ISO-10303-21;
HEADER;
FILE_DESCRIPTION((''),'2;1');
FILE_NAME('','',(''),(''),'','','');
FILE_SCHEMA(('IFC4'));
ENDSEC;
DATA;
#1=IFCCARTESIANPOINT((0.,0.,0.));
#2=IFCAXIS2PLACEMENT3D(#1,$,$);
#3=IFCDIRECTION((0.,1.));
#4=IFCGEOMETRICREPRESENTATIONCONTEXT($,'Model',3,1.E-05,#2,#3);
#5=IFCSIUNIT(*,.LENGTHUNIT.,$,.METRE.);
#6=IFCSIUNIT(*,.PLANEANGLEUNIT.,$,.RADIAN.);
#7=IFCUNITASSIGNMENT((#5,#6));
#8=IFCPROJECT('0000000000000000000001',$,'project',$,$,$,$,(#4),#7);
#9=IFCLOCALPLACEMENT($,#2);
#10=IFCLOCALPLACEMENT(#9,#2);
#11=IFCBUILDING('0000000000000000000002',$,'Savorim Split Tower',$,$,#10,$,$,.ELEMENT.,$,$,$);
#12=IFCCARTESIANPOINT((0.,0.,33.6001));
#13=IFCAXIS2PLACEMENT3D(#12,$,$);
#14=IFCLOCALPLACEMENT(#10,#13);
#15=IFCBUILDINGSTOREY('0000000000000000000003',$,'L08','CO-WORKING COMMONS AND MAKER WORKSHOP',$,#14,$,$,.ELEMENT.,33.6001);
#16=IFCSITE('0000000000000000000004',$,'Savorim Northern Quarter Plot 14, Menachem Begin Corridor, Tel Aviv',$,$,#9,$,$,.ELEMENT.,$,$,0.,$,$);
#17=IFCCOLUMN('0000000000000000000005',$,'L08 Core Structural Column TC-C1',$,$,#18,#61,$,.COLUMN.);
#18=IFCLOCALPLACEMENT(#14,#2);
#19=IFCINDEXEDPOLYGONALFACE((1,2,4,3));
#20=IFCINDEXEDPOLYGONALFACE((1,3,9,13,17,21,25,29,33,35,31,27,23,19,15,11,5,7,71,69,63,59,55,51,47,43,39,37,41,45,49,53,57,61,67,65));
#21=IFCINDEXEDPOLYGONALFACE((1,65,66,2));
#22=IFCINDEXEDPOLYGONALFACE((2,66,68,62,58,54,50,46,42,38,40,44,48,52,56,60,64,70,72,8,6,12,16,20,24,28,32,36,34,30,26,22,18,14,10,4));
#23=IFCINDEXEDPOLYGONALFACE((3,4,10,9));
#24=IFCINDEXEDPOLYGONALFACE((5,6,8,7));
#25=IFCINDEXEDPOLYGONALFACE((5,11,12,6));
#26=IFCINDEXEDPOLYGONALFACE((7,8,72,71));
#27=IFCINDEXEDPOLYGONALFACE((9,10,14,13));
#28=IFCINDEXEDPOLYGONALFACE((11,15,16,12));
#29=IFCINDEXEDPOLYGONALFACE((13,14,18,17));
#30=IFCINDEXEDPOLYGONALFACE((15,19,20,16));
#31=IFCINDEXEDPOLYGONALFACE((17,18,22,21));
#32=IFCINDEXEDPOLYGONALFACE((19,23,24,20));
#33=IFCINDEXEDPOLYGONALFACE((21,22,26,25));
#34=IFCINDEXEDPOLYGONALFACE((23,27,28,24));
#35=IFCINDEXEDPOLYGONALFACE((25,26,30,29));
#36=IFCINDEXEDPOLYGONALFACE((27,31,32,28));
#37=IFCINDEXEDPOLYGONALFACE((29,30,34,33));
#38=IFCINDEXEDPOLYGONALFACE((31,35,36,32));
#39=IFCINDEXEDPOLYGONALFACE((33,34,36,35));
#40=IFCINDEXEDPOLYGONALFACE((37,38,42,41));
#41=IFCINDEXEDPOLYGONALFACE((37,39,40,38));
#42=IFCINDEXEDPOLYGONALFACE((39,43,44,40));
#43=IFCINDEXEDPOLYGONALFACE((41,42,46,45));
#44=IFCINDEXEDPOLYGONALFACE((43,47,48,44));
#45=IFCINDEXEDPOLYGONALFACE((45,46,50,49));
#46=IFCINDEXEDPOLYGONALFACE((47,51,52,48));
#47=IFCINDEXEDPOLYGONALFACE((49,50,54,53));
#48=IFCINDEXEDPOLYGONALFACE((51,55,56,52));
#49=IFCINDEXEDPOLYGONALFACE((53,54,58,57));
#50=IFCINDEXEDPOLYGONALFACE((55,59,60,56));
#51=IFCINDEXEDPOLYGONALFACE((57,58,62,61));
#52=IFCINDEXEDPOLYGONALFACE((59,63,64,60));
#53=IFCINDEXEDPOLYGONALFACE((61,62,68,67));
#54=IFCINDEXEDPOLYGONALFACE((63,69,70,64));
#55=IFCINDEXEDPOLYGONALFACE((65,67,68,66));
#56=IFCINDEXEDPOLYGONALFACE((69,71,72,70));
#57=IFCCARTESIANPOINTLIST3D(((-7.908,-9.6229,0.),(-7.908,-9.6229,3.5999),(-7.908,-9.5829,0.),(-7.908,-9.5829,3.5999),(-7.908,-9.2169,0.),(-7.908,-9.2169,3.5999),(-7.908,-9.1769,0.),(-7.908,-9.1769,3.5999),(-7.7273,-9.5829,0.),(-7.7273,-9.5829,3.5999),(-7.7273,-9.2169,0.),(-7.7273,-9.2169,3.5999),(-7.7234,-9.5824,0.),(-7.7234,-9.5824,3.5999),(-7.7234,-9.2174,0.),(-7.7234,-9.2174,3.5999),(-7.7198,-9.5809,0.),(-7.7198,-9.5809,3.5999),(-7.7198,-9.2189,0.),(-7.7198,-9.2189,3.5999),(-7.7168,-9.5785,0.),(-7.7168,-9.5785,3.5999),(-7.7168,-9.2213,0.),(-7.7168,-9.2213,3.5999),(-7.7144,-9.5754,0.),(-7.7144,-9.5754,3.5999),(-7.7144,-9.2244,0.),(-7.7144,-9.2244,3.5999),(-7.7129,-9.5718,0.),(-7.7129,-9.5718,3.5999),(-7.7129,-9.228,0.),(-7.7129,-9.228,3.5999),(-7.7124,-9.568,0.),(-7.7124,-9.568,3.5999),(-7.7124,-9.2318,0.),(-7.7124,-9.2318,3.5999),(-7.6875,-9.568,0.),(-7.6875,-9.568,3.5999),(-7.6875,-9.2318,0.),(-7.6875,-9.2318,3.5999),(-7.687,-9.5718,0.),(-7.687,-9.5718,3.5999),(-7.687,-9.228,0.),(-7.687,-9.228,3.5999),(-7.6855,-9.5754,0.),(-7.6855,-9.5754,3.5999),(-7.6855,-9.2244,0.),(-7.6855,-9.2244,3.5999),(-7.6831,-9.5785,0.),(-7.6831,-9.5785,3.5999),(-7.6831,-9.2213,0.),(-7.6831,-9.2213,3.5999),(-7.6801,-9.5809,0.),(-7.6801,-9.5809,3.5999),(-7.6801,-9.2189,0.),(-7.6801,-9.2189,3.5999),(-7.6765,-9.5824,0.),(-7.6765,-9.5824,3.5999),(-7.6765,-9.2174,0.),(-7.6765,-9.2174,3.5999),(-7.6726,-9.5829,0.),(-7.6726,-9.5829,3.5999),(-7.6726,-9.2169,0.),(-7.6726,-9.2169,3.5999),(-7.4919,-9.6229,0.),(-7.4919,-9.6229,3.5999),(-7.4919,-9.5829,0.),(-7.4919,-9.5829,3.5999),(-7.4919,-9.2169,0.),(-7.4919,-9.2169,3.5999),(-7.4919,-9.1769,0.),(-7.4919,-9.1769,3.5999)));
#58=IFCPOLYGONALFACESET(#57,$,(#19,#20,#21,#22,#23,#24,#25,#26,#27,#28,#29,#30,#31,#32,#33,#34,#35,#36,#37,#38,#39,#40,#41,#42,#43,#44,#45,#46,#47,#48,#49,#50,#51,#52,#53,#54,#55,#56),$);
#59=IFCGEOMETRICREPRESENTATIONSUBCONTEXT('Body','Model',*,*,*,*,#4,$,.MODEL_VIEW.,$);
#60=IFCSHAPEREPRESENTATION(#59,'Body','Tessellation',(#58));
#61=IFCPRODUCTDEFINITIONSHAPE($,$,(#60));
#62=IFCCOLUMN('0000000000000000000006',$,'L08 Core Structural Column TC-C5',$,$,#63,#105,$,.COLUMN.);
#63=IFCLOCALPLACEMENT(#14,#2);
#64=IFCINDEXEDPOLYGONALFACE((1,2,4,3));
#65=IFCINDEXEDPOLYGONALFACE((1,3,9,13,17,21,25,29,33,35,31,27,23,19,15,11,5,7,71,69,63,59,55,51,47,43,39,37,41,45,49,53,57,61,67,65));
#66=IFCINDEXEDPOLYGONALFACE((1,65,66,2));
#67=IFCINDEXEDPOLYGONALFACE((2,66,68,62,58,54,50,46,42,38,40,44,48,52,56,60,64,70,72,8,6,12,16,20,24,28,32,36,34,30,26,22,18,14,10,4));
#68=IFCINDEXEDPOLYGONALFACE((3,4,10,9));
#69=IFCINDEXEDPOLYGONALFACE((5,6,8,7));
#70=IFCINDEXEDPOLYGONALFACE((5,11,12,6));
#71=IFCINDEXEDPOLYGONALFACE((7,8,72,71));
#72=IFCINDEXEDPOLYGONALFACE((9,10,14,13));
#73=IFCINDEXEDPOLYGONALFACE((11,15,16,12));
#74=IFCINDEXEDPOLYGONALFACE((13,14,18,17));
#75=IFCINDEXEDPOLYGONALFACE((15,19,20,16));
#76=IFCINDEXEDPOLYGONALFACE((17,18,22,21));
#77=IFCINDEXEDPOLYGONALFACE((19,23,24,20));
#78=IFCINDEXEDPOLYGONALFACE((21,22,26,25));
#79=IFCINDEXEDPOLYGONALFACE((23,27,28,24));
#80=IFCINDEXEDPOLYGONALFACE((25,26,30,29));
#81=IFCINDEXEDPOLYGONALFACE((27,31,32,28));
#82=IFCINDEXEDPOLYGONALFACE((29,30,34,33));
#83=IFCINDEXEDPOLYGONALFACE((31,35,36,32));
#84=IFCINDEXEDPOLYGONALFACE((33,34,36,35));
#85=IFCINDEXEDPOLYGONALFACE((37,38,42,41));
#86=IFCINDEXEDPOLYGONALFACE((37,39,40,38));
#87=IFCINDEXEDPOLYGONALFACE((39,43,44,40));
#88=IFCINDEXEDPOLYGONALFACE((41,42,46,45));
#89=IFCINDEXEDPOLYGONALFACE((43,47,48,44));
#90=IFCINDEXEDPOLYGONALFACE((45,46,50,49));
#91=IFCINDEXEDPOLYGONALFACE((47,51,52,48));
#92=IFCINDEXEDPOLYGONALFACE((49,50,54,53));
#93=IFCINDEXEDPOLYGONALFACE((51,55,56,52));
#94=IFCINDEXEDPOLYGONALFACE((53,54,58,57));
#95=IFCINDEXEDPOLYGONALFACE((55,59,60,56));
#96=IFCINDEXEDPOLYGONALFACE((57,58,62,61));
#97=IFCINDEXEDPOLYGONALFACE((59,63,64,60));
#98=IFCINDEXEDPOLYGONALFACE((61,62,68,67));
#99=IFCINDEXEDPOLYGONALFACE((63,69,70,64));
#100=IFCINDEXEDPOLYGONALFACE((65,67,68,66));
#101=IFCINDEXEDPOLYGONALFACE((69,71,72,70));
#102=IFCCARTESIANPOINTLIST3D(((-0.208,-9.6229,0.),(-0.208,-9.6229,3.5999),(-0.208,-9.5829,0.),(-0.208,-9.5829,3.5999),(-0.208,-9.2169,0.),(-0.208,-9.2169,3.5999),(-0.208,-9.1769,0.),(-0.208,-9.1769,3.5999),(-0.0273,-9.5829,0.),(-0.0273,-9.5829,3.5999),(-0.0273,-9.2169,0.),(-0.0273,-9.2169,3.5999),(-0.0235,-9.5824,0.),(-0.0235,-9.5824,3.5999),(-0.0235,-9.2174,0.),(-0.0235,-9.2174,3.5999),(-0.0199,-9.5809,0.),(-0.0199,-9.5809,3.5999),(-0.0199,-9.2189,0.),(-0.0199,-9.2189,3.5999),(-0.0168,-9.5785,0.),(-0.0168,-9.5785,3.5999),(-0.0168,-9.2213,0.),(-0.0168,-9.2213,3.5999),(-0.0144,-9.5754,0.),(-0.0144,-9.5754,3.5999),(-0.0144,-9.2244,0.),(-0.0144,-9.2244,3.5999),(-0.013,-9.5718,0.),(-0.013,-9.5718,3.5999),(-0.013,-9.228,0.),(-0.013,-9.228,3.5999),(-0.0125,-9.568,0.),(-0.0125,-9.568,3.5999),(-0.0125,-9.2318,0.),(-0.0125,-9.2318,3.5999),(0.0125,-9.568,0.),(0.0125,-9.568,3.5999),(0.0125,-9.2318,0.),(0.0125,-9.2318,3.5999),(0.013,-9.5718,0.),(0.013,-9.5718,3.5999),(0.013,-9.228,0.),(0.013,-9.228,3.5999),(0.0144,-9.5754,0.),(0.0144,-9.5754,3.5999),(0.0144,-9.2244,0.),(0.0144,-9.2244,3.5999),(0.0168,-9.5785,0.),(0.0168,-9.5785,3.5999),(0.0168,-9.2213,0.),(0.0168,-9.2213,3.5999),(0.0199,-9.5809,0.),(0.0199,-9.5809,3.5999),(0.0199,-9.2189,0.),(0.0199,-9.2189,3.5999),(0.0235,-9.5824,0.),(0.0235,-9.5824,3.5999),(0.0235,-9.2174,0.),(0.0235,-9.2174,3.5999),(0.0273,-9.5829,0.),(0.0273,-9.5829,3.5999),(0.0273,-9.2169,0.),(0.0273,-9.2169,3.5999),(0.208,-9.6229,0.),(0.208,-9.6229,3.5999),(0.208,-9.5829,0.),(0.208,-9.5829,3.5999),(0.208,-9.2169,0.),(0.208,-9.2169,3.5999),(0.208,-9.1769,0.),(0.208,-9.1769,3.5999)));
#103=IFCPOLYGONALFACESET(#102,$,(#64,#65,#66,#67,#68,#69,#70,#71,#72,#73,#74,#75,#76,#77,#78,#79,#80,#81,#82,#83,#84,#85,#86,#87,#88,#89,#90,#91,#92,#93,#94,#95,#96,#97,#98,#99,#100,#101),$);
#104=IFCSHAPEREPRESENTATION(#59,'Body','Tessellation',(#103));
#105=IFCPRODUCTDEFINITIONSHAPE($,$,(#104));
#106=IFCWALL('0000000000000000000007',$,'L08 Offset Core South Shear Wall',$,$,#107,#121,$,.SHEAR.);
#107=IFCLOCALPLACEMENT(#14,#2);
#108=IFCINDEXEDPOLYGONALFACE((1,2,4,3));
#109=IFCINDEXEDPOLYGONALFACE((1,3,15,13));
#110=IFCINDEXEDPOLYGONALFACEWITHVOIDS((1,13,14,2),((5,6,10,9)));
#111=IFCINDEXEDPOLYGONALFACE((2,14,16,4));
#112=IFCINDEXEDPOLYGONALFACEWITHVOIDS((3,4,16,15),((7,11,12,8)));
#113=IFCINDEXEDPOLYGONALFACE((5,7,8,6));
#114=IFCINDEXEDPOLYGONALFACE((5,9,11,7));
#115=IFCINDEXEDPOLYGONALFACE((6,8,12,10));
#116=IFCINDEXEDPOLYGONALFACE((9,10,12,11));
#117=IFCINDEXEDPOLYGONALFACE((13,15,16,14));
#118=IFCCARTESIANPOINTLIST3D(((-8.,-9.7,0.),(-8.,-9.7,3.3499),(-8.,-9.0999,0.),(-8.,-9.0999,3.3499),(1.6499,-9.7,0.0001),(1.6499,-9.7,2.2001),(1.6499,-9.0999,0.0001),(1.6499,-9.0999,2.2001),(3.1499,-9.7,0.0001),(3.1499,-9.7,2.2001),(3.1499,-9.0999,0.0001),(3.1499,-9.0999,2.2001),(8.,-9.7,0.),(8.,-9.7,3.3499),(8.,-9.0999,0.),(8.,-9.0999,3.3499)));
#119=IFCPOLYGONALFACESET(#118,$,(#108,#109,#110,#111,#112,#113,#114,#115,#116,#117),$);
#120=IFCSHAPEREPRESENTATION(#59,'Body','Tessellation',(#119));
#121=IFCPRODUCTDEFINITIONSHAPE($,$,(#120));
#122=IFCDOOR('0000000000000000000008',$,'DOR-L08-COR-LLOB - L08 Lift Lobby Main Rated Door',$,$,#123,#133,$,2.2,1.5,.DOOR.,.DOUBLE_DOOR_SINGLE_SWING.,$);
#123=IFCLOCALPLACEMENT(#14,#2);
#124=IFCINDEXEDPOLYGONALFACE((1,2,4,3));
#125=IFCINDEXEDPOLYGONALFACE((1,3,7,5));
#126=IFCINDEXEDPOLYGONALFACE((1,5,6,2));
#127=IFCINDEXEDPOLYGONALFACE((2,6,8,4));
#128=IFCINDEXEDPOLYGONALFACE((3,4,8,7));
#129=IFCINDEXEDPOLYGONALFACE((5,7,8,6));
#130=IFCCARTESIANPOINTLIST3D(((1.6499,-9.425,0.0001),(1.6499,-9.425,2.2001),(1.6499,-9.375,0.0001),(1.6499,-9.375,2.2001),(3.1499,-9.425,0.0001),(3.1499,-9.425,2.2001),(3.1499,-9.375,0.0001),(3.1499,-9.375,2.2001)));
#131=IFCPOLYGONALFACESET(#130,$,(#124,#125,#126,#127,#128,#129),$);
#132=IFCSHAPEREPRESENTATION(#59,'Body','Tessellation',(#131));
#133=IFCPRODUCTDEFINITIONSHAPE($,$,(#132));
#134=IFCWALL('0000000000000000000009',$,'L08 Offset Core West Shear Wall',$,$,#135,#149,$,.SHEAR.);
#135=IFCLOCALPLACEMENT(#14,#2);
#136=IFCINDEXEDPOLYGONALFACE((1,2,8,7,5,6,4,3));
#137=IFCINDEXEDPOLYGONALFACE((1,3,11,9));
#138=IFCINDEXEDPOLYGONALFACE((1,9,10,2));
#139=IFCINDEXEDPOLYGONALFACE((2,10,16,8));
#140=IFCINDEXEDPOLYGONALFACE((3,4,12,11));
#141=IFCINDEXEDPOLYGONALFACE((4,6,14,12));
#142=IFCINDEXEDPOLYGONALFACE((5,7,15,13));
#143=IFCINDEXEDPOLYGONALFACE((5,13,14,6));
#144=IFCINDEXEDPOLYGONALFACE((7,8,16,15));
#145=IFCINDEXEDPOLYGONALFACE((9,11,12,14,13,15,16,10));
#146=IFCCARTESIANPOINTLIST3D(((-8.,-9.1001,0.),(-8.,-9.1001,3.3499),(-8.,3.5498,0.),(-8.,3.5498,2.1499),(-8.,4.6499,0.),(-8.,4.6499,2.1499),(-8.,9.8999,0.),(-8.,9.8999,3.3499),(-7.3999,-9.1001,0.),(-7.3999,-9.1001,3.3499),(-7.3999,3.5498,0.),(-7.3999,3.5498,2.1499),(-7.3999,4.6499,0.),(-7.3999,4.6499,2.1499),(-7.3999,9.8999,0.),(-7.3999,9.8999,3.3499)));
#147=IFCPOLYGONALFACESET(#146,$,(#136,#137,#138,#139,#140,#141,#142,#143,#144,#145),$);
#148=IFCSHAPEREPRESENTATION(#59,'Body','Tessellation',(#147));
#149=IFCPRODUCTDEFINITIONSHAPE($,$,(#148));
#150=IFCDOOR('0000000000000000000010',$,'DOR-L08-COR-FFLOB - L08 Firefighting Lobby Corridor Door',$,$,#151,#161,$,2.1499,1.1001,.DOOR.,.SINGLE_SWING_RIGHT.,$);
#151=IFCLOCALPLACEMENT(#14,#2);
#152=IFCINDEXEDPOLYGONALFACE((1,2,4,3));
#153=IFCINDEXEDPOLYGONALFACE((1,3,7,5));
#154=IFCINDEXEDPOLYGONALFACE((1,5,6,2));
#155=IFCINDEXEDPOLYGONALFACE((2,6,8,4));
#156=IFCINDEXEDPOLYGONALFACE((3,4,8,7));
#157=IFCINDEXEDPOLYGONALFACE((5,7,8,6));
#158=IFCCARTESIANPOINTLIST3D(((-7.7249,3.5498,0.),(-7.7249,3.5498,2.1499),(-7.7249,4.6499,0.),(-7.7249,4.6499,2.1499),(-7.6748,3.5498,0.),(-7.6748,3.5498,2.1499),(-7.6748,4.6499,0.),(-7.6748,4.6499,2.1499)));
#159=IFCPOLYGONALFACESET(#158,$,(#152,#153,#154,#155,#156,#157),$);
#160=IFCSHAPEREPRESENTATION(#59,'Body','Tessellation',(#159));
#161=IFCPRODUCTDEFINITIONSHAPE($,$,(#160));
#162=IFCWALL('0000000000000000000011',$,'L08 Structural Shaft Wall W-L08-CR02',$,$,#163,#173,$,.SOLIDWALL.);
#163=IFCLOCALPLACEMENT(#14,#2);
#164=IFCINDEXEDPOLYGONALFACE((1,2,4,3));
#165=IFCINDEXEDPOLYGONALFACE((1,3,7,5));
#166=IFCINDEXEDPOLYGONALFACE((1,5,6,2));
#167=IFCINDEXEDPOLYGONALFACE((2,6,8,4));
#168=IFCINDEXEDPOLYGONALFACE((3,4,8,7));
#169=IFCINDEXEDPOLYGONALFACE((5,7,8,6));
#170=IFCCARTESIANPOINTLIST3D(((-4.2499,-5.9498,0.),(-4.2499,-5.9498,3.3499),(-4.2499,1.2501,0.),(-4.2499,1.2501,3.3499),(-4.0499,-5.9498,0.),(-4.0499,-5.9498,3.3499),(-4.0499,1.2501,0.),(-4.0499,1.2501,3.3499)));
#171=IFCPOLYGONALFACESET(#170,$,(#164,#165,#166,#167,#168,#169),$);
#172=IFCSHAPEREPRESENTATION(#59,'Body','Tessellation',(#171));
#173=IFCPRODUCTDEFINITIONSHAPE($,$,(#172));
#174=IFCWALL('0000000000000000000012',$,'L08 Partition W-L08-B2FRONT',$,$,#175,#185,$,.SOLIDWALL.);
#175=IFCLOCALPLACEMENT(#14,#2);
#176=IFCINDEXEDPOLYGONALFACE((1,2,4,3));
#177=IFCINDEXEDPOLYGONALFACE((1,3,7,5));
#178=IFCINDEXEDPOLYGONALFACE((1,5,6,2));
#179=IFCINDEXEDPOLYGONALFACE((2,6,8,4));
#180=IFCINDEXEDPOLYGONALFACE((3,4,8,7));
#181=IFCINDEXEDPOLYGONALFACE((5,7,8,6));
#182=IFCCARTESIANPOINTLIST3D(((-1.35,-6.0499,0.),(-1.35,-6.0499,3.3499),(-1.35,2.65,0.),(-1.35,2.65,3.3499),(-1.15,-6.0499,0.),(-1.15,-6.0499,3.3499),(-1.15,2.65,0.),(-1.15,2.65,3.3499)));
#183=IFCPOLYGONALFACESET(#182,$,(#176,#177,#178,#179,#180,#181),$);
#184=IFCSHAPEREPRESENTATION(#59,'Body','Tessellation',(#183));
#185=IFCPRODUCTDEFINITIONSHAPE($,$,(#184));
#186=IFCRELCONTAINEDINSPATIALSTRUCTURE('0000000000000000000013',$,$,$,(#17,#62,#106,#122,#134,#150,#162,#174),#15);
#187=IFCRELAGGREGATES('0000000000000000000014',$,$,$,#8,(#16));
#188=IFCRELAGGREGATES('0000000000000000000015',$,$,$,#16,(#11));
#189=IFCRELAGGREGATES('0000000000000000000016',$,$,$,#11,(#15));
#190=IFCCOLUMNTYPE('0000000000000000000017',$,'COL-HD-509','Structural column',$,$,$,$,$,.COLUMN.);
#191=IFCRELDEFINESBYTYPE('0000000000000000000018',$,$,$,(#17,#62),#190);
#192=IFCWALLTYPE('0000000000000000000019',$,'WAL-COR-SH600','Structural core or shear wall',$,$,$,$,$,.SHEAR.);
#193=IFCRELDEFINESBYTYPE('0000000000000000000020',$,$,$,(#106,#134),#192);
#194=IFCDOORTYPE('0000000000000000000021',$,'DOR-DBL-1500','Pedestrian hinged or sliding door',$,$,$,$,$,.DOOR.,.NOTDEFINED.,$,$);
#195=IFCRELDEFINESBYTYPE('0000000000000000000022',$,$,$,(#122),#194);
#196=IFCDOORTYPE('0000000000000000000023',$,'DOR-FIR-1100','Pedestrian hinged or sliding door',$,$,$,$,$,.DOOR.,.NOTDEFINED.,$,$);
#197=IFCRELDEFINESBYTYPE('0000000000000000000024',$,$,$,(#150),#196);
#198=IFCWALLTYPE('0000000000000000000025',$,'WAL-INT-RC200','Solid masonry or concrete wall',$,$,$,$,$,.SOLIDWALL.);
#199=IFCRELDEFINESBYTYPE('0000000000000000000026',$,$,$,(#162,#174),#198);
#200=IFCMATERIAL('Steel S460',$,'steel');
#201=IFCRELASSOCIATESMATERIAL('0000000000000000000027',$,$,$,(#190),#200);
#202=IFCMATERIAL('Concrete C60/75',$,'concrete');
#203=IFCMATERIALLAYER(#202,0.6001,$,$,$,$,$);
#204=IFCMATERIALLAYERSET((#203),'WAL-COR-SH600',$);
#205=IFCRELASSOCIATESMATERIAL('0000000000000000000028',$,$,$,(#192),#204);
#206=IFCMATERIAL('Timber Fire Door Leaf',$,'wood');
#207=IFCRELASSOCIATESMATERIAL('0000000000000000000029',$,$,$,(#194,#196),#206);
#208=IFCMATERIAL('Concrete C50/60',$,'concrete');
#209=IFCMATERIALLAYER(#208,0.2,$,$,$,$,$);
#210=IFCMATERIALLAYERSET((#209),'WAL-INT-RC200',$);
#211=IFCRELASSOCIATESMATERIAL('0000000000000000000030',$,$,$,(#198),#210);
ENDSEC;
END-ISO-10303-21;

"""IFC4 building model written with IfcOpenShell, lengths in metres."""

from ifc_helpers import new_model, si_unit, direction, frame, frame_2d, origin, origin_2d, place, context, subcontext, project, spatial, rectangle, i_section, extrude, material, layer, layer_set, material_profile, profile_set, type_object, element, fill, save


model = new_model("IFC4")

# Units and contexts
model_context = context("Model", 3, precision=1e-05, world=origin(), true_north=direction((0.0, 1.0)))
body_context = subcontext(model_context, "Body", "Model", "MODEL_VIEW")
ifc_project = project(units=[si_unit("LENGTHUNIT", "METRE"), si_unit("PLANEANGLEUNIT", "RADIAN")], contexts=[model_context])

# Site, building, storey
site_placement = place(None, origin())
site = spatial("IfcSite", under=ifc_project, at=site_placement, Name="Savorim Northern Quarter Plot 14, Menachem Begin Corridor, Tel Aviv", CompositionType="ELEMENT", RefElevation=0.0)
building_placement = place(site_placement, origin())
building = spatial("IfcBuilding", under=site, at=building_placement, Name="Savorim Split Tower", CompositionType="ELEMENT")
storey_placement = place(building_placement, frame((0.0, 0.0, 33.6001)))
storey = spatial("IfcBuildingStorey", under=building, at=storey_placement, Name="L08", Description="CO-WORKING COMMONS AND MAKER WORKSHOP", CompositionType="ELEMENT", Elevation=33.6001)

# Columns
ifc_material_1 = material(Name="Steel S460", Category="steel")
ifc_material_profile = material_profile(ifc_material_1, i_section(OverallWidth=0.416, OverallDepth=0.446, WebThickness=0.0249, FlangeThickness=0.04, FilletRadius=0.0149, at=origin_2d()), Name="HD 400x509")
ifc_profile_set = profile_set([ifc_material_profile], Name="Steel S460")
column_type = type_object("IfcColumnType", Name="COL-HD-509", Description="Structural column", PredefinedType="COLUMN", material=ifc_profile_set)
for number, where, z_axis, x_axis, name in (
    (1, (-7.7, -9.3999, 0.0), (0.0, 0.0, 1.0), (1.0, 0.0, 0.0), "L08 Core Structural Column TC-C1"),
    (2, (0.0, -9.3999, 0.0), (0.0, 0.0, 1.0), (1.0, 0.0, 0.0), "L08 Core Structural Column TC-C5"),
):
    element("IfcColumn", number, at=place(storey_placement, frame(where, z_axis=z_axis, x_axis=x_axis)), inside=storey, type_object=column_type, Name=name, PredefinedType="COLUMN", context=body_context, shape_type="SweptSolid", body=[
        extrude(i_section(OverallWidth=0.416, OverallDepth=0.446, WebThickness=0.0249, FlangeThickness=0.04, FilletRadius=0.0149, at=origin_2d()), origin(), (0.0, 0.0, 1.0), 3.5999),
    ])

# Walls, openings, doors
ifc_material_2 = material(Name="Concrete C60/75", Category="concrete")
ifc_layer_1 = layer(ifc_material_2, 0.6001)
ifc_layer_set_1 = layer_set([ifc_layer_1], Name="WAL-COR-SH600")
wall_type_1 = type_object("IfcWallType", Name="WAL-COR-SH600", Description="Structural core or shear wall", PredefinedType="SHEAR", material=ifc_layer_set_1)
wall_1_placement = place(storey_placement, frame((-8.0, -9.3999, 0.0), z_axis=(0.0, 0.0, 1.0), x_axis=(1.0, 0.0, 0.0)))
wall_1 = element("IfcWall", 3, at=wall_1_placement, inside=storey, type_object=wall_type_1, Name="L08 Offset Core South Shear Wall", PredefinedType="SHEAR", context=body_context, shape_type="SweptSolid", body=[
    extrude(rectangle(XDim=16.0, YDim=0.6001, at=frame_2d((8.0, 0.0))), origin(), (0.0, 0.0, 1.0), 3.3499),
])
opening_1_placement = place(wall_1_placement, frame((9.6499, 0.0, 0.0)))
opening_1 = element("IfcOpeningElement", 4, at=opening_1_placement, cuts=wall_1, PredefinedType="OPENING", context=body_context, shape_type="SweptSolid", body=[
    extrude(rectangle(XDim=1.5, YDim=2.2, at=frame_2d((0.75, 1.1001))), frame((0.0, 0.3101, 0.0), z_axis=(0.0, -1.0, 0.0), x_axis=(1.0, 0.0, 0.0)), (0.0, 0.0, 1.0), 0.6201),
])
ifc_material_3 = material(Name="Timber Fire Door Leaf", Category="wood")
door_type_1 = type_object("IfcDoorType", Name="DOR-DBL-1500", Description="Pedestrian hinged or sliding door", OperationType="NOTDEFINED", PredefinedType="DOOR", material=ifc_material_3)
door_1_placement = place(opening_1_placement, origin())
door_1 = element("IfcDoor", 5, at=door_1_placement, inside=storey, type_object=door_type_1, Name="DOR-L08-COR-LLOB - L08 Lift Lobby Main Rated Door", OperationType="DOUBLE_DOOR_SINGLE_SWING", OverallHeight=2.2, OverallWidth=1.5, PredefinedType="DOOR", context=body_context, shape_type="SweptSolid", body=[
    extrude(rectangle(XDim=1.5, YDim=2.2, at=frame_2d((0.75, 1.1001))), frame((0.0, 0.0249, 0.0), z_axis=(0.0, -1.0, 0.0), x_axis=(1.0, 0.0, 0.0)), (0.0, 0.0, 1.0), 0.05),
])
fill(opening_1, door_1)
wall_2_placement = place(storey_placement, frame((-7.7, -9.1001, 0.0), z_axis=(0.0, 0.0, 1.0), x_axis=(0.0, 1.0, 0.0)))
wall_2 = element("IfcWall", 6, at=wall_2_placement, inside=storey, type_object=wall_type_1, Name="L08 Offset Core West Shear Wall", PredefinedType="SHEAR", context=body_context, shape_type="SweptSolid", body=[
    extrude(rectangle(XDim=19.0, YDim=0.6001, at=frame_2d((9.5, 0.0))), origin(), (0.0, 0.0, 1.0), 3.3499),
])
opening_2_placement = place(wall_2_placement, frame((12.6499, 0.0, 0.0)))
opening_2 = element("IfcOpeningElement", 7, at=opening_2_placement, cuts=wall_2, PredefinedType="OPENING", context=body_context, shape_type="SweptSolid", body=[
    extrude(rectangle(XDim=1.1001, YDim=2.1499, at=frame_2d((0.55, 1.075))), frame((0.0, 0.3101, 0.0), z_axis=(0.0, -1.0, 0.0), x_axis=(1.0, 0.0, 0.0)), (0.0, 0.0, 1.0), 0.6201),
])
door_type_2 = type_object("IfcDoorType", Name="DOR-FIR-1100", Description="Pedestrian hinged or sliding door", OperationType="NOTDEFINED", PredefinedType="DOOR", material=ifc_material_3)
door_2_placement = place(opening_2_placement, origin())
door_2 = element("IfcDoor", 8, at=door_2_placement, inside=storey, type_object=door_type_2, Name="DOR-L08-COR-FFLOB - L08 Firefighting Lobby Corridor Door", OperationType="SINGLE_SWING_RIGHT", OverallHeight=2.1499, OverallWidth=1.1001, PredefinedType="DOOR", context=body_context, shape_type="SweptSolid", body=[
    extrude(rectangle(XDim=1.1001, YDim=2.1499, at=frame_2d((0.55, 1.075))), frame((0.0, 0.0249, 0.0), z_axis=(0.0, -1.0, 0.0), x_axis=(1.0, 0.0, 0.0)), (0.0, 0.0, 1.0), 0.05),
])
fill(opening_2, door_2)

# Walls
ifc_material_4 = material(Name="Concrete C50/60", Category="concrete")
ifc_layer_2 = layer(ifc_material_4, 0.2)
ifc_layer_set_2 = layer_set([ifc_layer_2], Name="WAL-INT-RC200")
wall_type_2 = type_object("IfcWallType", Name="WAL-INT-RC200", Description="Solid masonry or concrete wall", PredefinedType="SOLIDWALL", material=ifc_layer_set_2)
wall_3_placement = place(storey_placement, frame((-4.1499, -5.95, 0.0), z_axis=(0.0, 0.0, 1.0), x_axis=(0.0, 1.0, 0.0)))
element("IfcWall", 9, at=wall_3_placement, inside=storey, type_object=wall_type_2, Name="L08 Structural Shaft Wall W-L08-CR02", PredefinedType="SOLIDWALL", context=body_context, shape_type="SweptSolid", body=[
    extrude(rectangle(XDim=7.2, YDim=0.2, at=frame_2d((3.6001, 0.0))), origin(), (0.0, 0.0, 1.0), 3.3499),
])
wall_4_placement = place(storey_placement, frame((-1.25, -6.05, 0.0), z_axis=(0.0, 0.0, 1.0), x_axis=(0.0, 1.0, 0.0)))
element("IfcWall", 10, at=wall_4_placement, inside=storey, type_object=wall_type_2, Name="L08 Partition W-L08-B2FRONT", PredefinedType="SOLIDWALL", context=body_context, shape_type="SweptSolid", body=[
    extrude(rectangle(XDim=8.7, YDim=0.2, at=frame_2d((4.3501, 0.0))), origin(), (0.0, 0.0, 1.0), 3.3499),
])

save(model, "model.ifc")
